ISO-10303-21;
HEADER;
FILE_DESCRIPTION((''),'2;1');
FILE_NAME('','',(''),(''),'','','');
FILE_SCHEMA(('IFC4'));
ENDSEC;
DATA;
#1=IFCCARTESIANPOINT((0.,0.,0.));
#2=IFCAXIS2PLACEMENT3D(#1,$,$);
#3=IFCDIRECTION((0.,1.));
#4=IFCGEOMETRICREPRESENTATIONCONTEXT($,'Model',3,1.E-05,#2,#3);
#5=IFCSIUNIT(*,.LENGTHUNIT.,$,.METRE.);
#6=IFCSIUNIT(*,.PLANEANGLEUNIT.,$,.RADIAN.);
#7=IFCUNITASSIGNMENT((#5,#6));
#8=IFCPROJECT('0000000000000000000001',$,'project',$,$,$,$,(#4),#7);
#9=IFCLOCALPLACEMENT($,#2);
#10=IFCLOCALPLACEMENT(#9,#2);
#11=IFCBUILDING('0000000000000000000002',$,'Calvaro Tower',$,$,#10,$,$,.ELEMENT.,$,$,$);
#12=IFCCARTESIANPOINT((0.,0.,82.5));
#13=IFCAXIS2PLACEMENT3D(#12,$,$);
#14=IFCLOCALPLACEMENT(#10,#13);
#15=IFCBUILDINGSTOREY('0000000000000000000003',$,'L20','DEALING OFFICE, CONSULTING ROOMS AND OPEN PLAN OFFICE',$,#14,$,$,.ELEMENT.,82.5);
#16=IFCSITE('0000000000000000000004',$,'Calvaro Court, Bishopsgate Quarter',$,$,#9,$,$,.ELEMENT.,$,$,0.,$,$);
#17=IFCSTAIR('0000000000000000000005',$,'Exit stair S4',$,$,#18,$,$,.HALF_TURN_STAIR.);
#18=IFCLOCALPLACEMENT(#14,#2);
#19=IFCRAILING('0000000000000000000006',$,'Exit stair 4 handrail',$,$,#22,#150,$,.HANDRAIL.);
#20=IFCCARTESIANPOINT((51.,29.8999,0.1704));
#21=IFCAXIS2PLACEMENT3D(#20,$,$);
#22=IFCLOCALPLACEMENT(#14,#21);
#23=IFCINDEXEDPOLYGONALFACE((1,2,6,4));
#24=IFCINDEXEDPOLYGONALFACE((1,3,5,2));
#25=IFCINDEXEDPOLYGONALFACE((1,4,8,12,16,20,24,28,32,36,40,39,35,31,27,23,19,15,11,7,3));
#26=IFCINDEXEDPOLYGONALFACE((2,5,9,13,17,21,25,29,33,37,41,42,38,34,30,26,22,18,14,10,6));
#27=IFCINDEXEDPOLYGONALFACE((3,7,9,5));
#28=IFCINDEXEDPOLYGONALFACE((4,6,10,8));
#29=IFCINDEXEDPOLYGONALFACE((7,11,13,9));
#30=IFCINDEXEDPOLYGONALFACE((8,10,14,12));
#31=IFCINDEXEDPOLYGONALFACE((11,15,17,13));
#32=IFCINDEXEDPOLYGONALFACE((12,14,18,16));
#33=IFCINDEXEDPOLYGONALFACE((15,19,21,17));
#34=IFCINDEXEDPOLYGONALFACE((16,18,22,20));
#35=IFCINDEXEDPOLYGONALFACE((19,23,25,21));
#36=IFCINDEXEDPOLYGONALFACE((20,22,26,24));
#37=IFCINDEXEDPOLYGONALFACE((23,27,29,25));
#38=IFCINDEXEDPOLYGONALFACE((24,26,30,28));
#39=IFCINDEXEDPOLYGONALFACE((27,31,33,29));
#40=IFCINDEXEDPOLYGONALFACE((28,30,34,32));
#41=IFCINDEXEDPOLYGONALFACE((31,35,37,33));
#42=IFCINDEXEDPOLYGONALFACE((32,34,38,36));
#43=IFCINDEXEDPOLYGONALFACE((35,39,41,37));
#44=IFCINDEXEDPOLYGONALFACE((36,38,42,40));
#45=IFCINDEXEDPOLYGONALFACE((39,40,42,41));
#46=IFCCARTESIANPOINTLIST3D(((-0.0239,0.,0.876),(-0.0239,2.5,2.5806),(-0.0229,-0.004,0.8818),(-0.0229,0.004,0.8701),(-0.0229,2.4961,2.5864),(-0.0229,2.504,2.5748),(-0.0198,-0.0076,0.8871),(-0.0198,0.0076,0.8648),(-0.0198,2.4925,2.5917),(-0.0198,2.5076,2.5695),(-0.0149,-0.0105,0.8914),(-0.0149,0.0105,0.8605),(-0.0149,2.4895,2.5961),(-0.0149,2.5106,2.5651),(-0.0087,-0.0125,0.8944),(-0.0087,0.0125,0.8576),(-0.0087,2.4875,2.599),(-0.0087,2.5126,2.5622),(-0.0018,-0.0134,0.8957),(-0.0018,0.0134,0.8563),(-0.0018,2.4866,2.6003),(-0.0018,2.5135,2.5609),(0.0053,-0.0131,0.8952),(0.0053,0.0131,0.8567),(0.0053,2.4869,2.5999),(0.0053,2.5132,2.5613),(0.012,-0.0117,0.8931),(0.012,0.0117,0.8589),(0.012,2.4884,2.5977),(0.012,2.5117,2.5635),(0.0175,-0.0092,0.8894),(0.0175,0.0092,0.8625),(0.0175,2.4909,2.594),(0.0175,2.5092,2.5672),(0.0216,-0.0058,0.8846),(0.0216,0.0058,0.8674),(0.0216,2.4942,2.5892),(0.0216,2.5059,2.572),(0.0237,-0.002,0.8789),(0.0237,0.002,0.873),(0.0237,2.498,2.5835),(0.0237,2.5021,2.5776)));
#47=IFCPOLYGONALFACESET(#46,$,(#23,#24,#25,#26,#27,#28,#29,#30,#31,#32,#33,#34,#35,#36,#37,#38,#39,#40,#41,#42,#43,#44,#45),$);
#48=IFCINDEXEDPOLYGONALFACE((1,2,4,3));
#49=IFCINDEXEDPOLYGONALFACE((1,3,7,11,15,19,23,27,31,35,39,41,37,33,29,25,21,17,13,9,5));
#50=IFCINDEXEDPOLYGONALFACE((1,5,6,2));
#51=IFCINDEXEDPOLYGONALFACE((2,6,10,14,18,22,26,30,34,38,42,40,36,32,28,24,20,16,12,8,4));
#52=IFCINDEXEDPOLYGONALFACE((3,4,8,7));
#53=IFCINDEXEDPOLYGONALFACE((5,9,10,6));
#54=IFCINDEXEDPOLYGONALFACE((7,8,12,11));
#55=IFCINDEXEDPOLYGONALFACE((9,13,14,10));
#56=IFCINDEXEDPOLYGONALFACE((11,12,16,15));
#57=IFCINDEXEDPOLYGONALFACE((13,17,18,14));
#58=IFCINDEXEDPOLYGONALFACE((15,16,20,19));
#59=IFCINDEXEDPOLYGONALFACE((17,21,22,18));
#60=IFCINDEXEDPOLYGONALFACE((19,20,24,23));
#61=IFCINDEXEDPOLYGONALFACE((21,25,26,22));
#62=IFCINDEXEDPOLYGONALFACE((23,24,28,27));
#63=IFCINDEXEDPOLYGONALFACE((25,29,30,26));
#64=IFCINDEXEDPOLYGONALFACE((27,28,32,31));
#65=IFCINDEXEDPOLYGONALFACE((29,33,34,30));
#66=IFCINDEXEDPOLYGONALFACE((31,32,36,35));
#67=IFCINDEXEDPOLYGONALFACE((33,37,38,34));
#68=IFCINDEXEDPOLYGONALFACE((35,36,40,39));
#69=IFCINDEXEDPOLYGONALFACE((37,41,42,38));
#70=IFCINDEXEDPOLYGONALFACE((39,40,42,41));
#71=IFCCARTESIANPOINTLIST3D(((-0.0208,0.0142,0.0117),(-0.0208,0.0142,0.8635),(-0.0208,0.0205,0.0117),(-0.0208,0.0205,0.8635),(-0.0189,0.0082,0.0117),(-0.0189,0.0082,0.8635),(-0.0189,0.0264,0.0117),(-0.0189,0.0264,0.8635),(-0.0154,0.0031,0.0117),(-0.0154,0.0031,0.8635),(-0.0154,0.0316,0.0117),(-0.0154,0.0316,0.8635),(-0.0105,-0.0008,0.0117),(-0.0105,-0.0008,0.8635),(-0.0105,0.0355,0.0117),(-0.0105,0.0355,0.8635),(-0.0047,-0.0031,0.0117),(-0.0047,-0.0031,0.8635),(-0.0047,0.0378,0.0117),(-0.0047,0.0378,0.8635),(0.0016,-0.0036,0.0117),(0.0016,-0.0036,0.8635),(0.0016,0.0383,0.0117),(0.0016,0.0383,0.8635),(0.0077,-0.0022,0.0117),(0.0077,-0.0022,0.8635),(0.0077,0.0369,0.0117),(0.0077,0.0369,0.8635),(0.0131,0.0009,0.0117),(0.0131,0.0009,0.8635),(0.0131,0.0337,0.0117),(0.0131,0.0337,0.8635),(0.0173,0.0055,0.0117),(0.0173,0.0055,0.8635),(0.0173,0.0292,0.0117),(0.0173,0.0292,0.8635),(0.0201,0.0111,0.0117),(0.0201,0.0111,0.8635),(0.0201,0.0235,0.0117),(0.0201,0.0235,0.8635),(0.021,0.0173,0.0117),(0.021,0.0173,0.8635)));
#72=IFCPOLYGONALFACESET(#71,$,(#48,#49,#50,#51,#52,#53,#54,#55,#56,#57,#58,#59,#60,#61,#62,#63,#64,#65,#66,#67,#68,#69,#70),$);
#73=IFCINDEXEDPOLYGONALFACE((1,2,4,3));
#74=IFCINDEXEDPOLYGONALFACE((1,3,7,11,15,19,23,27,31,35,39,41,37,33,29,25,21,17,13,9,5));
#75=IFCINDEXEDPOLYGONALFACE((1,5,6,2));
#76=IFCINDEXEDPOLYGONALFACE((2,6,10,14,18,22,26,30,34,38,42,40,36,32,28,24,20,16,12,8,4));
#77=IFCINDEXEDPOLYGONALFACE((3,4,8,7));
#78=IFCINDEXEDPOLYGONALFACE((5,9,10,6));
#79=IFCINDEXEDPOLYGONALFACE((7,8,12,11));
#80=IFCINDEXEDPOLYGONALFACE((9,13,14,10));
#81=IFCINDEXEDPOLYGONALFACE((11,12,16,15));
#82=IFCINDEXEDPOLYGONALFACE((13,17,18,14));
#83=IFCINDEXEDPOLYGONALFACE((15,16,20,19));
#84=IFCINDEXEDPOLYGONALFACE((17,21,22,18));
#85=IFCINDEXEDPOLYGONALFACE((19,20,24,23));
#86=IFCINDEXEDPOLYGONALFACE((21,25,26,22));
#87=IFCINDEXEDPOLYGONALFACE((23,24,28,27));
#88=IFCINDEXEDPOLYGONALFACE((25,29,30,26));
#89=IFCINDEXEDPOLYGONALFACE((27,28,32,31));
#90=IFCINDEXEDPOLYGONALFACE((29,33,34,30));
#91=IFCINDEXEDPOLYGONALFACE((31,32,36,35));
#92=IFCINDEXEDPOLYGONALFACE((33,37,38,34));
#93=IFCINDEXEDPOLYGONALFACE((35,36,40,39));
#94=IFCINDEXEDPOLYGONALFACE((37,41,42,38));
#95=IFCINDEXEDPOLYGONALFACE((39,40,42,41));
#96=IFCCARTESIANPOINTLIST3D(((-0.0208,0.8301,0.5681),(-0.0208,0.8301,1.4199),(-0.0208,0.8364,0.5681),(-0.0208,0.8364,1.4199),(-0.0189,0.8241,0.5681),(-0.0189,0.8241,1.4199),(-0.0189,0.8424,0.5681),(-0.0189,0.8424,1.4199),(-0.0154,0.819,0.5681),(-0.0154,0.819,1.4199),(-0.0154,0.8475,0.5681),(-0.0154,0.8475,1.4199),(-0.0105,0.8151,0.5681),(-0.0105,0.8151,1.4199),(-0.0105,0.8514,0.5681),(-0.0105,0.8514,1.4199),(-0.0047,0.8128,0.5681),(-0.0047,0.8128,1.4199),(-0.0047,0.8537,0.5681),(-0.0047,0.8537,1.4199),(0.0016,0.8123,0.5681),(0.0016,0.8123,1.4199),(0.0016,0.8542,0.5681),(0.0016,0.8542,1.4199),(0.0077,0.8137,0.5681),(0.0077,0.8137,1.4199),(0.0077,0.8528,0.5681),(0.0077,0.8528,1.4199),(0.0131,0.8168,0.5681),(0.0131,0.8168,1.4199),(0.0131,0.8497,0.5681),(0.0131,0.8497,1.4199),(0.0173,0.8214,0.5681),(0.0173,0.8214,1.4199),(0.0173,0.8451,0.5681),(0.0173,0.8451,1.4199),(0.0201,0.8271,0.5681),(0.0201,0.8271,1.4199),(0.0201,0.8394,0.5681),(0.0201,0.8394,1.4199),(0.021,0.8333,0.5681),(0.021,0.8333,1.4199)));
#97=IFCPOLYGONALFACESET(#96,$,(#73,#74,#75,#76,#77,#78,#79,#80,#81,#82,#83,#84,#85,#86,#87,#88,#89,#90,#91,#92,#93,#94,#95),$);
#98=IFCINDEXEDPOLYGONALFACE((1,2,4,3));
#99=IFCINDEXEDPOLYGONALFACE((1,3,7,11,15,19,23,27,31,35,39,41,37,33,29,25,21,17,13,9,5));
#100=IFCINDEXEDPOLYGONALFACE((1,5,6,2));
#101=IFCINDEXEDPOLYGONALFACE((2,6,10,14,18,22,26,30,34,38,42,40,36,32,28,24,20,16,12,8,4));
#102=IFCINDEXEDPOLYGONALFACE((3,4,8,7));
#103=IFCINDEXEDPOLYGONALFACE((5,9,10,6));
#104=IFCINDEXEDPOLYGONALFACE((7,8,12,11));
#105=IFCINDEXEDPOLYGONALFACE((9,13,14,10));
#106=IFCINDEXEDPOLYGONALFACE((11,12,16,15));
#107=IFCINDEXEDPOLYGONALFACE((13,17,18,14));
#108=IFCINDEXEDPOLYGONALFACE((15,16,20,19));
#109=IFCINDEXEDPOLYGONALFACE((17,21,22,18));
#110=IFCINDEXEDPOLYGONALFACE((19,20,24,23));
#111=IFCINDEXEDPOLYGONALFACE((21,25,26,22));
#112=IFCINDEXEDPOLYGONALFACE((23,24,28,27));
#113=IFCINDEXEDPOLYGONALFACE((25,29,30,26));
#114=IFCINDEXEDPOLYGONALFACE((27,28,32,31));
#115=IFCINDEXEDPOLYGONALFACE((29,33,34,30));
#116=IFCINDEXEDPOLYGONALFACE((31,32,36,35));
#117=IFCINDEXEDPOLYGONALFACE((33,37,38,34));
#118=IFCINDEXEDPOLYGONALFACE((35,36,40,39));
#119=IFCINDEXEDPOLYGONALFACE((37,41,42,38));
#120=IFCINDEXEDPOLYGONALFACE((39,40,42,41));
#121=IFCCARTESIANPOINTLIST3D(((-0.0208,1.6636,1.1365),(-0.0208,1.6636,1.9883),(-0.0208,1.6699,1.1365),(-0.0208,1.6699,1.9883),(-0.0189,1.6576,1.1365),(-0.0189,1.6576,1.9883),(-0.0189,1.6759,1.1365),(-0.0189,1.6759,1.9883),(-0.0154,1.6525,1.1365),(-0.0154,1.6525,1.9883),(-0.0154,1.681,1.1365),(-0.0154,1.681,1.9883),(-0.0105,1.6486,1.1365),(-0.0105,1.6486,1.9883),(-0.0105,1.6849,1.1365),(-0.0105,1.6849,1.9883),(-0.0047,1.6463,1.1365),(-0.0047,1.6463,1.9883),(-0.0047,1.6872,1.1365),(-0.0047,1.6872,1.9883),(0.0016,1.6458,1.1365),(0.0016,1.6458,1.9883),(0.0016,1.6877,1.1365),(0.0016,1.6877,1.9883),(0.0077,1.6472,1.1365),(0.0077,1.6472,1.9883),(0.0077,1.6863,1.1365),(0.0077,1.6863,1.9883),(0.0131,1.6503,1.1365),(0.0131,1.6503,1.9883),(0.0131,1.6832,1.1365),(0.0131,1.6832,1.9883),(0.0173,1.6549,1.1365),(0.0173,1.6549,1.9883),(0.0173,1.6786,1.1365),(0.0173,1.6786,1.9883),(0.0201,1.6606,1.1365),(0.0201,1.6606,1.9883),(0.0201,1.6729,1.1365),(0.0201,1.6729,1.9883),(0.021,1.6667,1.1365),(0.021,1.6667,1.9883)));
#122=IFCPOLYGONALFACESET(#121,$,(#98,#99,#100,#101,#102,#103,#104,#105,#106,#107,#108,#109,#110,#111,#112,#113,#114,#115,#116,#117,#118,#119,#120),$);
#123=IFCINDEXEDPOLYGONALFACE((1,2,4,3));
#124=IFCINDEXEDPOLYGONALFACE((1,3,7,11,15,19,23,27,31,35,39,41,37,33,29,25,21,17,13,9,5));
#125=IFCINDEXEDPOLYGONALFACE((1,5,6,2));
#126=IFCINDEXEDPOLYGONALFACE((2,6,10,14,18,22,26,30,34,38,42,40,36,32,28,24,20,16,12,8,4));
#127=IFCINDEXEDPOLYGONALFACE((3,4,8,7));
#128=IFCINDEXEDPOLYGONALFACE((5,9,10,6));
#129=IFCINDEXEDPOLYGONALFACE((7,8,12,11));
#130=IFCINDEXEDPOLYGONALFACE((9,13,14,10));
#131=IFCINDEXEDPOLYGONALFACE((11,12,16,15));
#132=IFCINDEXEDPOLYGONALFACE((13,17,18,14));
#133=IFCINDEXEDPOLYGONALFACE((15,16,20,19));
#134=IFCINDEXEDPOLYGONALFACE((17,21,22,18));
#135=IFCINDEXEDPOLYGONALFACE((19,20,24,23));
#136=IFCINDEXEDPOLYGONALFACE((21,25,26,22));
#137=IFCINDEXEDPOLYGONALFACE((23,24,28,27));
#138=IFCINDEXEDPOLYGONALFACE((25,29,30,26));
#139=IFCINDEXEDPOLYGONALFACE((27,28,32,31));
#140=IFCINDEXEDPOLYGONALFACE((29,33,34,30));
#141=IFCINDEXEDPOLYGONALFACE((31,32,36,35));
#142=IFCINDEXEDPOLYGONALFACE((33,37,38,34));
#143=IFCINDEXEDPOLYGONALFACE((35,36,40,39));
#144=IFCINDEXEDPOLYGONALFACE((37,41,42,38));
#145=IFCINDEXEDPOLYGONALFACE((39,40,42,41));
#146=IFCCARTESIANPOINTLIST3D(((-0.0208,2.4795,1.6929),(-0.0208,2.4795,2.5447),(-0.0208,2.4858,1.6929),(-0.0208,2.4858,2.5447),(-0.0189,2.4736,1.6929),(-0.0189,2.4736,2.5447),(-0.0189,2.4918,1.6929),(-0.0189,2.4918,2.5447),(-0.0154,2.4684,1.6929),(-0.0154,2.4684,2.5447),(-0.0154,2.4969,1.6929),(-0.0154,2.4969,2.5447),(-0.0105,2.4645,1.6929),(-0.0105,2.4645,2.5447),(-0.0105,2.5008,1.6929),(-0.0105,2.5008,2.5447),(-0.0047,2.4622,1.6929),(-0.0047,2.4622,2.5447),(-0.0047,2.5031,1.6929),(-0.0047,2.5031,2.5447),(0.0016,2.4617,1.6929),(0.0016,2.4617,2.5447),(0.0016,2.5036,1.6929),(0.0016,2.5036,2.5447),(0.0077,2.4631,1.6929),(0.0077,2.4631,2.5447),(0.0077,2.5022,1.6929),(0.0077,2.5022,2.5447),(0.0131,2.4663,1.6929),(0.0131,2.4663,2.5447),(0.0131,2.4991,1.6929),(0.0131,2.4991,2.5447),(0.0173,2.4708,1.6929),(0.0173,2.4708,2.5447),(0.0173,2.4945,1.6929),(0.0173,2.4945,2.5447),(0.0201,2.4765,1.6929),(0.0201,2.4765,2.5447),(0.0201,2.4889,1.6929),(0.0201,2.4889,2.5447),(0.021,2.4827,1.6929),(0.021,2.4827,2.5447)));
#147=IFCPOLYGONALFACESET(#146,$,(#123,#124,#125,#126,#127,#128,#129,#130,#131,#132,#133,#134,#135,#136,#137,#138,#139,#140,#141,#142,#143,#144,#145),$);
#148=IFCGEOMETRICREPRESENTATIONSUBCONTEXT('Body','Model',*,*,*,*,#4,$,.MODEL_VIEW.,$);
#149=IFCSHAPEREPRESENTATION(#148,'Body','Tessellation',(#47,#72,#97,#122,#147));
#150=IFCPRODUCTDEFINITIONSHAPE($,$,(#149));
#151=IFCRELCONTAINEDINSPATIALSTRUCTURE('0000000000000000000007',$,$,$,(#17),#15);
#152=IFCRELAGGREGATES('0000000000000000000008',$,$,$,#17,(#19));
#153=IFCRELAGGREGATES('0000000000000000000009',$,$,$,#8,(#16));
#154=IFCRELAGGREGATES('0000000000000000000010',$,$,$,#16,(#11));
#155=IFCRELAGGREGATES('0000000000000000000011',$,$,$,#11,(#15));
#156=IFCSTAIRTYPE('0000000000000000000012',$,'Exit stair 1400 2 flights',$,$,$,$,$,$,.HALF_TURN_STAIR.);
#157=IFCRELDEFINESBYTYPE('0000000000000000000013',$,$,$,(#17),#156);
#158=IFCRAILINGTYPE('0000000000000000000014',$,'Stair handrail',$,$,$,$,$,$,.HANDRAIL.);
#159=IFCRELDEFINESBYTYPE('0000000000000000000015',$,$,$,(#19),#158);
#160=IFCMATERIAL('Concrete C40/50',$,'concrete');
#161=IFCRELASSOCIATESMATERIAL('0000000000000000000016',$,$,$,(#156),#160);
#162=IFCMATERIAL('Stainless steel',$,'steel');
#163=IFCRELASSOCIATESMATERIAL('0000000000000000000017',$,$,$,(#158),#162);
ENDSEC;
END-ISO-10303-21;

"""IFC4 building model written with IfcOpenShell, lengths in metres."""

from ifc_helpers import new_model, si_unit, direction, frame, origin, origin_2d, place, context, subcontext, project, spatial, circle, extrude, material, type_object, element, aggregate, save


model = new_model("IFC4")

# Units and contexts
model_context = context("Model", 3, precision=1e-05, world=origin(), true_north=direction((0.0, 1.0)))
body_context = subcontext(model_context, "Body", "Model", "MODEL_VIEW")
ifc_project = project(units=[si_unit("LENGTHUNIT", "METRE"), si_unit("PLANEANGLEUNIT", "RADIAN")], contexts=[model_context])

# Site, building, storey
site_placement = place(None, origin())
site = spatial("IfcSite", under=ifc_project, at=site_placement, Name="Calvaro Court, Bishopsgate Quarter", CompositionType="ELEMENT", RefElevation=0.0)
building_placement = place(site_placement, origin())
building = spatial("IfcBuilding", under=site, at=building_placement, Name="Calvaro Tower", CompositionType="ELEMENT")
storey_placement = place(building_placement, frame((0.0, 0.0, 82.5)))
storey = spatial("IfcBuildingStorey", under=building, at=storey_placement, Name="L20", Description="DEALING OFFICE, CONSULTING ROOMS AND OPEN PLAN OFFICE", CompositionType="ELEMENT", Elevation=82.5)

# Stair
ifc_material_1 = material(Name="Concrete C40/50", Category="concrete")
stair_type = type_object("IfcStairType", Name="Exit stair 1400 2 flights", PredefinedType="HALF_TURN_STAIR", material=ifc_material_1)
stair_1_placement = place(storey_placement, origin())
stair_1 = element("IfcStair", 1, at=stair_1_placement, inside=storey, type_object=stair_type, Name="Exit stair S4", PredefinedType="HALF_TURN_STAIR")

# Railing
ifc_material_2 = material(Name="Stainless steel", Category="steel")
railing_type = type_object("IfcRailingType", Name="Stair handrail", PredefinedType="HANDRAIL", material=ifc_material_2)
railing_1_placement = place(storey_placement, frame((51.0, 29.8999, 0.1704)))
railing_1 = element("IfcRailing", 2, at=railing_1_placement, type_object=railing_type, Name="Exit stair 4 handrail", PredefinedType="HANDRAIL", context=body_context, shape_type="SweptSolid", body=[
    extrude(circle(Radius=0.0239, at=origin_2d()), frame((0.0, 0.0, 0.876), z_axis=(0.0, 0.826221, 0.563347), x_axis=(-1.0, 0.0, 0.0)), (0.0, 0.0, 1.0), 3.0259),
    extrude(circle(Radius=0.021, at=origin_2d()), frame((0.0, 0.0173, 0.0117)), (0.0, 0.0, 1.0), 0.8518),
    extrude(circle(Radius=0.021, at=origin_2d()), frame((0.0, 0.8333, 0.5681)), (0.0, 0.0, 1.0), 0.8518),
    extrude(circle(Radius=0.021, at=origin_2d()), frame((0.0, 1.6667, 1.1365)), (0.0, 0.0, 1.0), 0.8518),
    extrude(circle(Radius=0.021, at=origin_2d()), frame((0.0, 2.4827, 1.6929)), (0.0, 0.0, 1.0), 0.8518),
])
aggregate(stair_1, [railing_1])

save(model, "model.ifc")
